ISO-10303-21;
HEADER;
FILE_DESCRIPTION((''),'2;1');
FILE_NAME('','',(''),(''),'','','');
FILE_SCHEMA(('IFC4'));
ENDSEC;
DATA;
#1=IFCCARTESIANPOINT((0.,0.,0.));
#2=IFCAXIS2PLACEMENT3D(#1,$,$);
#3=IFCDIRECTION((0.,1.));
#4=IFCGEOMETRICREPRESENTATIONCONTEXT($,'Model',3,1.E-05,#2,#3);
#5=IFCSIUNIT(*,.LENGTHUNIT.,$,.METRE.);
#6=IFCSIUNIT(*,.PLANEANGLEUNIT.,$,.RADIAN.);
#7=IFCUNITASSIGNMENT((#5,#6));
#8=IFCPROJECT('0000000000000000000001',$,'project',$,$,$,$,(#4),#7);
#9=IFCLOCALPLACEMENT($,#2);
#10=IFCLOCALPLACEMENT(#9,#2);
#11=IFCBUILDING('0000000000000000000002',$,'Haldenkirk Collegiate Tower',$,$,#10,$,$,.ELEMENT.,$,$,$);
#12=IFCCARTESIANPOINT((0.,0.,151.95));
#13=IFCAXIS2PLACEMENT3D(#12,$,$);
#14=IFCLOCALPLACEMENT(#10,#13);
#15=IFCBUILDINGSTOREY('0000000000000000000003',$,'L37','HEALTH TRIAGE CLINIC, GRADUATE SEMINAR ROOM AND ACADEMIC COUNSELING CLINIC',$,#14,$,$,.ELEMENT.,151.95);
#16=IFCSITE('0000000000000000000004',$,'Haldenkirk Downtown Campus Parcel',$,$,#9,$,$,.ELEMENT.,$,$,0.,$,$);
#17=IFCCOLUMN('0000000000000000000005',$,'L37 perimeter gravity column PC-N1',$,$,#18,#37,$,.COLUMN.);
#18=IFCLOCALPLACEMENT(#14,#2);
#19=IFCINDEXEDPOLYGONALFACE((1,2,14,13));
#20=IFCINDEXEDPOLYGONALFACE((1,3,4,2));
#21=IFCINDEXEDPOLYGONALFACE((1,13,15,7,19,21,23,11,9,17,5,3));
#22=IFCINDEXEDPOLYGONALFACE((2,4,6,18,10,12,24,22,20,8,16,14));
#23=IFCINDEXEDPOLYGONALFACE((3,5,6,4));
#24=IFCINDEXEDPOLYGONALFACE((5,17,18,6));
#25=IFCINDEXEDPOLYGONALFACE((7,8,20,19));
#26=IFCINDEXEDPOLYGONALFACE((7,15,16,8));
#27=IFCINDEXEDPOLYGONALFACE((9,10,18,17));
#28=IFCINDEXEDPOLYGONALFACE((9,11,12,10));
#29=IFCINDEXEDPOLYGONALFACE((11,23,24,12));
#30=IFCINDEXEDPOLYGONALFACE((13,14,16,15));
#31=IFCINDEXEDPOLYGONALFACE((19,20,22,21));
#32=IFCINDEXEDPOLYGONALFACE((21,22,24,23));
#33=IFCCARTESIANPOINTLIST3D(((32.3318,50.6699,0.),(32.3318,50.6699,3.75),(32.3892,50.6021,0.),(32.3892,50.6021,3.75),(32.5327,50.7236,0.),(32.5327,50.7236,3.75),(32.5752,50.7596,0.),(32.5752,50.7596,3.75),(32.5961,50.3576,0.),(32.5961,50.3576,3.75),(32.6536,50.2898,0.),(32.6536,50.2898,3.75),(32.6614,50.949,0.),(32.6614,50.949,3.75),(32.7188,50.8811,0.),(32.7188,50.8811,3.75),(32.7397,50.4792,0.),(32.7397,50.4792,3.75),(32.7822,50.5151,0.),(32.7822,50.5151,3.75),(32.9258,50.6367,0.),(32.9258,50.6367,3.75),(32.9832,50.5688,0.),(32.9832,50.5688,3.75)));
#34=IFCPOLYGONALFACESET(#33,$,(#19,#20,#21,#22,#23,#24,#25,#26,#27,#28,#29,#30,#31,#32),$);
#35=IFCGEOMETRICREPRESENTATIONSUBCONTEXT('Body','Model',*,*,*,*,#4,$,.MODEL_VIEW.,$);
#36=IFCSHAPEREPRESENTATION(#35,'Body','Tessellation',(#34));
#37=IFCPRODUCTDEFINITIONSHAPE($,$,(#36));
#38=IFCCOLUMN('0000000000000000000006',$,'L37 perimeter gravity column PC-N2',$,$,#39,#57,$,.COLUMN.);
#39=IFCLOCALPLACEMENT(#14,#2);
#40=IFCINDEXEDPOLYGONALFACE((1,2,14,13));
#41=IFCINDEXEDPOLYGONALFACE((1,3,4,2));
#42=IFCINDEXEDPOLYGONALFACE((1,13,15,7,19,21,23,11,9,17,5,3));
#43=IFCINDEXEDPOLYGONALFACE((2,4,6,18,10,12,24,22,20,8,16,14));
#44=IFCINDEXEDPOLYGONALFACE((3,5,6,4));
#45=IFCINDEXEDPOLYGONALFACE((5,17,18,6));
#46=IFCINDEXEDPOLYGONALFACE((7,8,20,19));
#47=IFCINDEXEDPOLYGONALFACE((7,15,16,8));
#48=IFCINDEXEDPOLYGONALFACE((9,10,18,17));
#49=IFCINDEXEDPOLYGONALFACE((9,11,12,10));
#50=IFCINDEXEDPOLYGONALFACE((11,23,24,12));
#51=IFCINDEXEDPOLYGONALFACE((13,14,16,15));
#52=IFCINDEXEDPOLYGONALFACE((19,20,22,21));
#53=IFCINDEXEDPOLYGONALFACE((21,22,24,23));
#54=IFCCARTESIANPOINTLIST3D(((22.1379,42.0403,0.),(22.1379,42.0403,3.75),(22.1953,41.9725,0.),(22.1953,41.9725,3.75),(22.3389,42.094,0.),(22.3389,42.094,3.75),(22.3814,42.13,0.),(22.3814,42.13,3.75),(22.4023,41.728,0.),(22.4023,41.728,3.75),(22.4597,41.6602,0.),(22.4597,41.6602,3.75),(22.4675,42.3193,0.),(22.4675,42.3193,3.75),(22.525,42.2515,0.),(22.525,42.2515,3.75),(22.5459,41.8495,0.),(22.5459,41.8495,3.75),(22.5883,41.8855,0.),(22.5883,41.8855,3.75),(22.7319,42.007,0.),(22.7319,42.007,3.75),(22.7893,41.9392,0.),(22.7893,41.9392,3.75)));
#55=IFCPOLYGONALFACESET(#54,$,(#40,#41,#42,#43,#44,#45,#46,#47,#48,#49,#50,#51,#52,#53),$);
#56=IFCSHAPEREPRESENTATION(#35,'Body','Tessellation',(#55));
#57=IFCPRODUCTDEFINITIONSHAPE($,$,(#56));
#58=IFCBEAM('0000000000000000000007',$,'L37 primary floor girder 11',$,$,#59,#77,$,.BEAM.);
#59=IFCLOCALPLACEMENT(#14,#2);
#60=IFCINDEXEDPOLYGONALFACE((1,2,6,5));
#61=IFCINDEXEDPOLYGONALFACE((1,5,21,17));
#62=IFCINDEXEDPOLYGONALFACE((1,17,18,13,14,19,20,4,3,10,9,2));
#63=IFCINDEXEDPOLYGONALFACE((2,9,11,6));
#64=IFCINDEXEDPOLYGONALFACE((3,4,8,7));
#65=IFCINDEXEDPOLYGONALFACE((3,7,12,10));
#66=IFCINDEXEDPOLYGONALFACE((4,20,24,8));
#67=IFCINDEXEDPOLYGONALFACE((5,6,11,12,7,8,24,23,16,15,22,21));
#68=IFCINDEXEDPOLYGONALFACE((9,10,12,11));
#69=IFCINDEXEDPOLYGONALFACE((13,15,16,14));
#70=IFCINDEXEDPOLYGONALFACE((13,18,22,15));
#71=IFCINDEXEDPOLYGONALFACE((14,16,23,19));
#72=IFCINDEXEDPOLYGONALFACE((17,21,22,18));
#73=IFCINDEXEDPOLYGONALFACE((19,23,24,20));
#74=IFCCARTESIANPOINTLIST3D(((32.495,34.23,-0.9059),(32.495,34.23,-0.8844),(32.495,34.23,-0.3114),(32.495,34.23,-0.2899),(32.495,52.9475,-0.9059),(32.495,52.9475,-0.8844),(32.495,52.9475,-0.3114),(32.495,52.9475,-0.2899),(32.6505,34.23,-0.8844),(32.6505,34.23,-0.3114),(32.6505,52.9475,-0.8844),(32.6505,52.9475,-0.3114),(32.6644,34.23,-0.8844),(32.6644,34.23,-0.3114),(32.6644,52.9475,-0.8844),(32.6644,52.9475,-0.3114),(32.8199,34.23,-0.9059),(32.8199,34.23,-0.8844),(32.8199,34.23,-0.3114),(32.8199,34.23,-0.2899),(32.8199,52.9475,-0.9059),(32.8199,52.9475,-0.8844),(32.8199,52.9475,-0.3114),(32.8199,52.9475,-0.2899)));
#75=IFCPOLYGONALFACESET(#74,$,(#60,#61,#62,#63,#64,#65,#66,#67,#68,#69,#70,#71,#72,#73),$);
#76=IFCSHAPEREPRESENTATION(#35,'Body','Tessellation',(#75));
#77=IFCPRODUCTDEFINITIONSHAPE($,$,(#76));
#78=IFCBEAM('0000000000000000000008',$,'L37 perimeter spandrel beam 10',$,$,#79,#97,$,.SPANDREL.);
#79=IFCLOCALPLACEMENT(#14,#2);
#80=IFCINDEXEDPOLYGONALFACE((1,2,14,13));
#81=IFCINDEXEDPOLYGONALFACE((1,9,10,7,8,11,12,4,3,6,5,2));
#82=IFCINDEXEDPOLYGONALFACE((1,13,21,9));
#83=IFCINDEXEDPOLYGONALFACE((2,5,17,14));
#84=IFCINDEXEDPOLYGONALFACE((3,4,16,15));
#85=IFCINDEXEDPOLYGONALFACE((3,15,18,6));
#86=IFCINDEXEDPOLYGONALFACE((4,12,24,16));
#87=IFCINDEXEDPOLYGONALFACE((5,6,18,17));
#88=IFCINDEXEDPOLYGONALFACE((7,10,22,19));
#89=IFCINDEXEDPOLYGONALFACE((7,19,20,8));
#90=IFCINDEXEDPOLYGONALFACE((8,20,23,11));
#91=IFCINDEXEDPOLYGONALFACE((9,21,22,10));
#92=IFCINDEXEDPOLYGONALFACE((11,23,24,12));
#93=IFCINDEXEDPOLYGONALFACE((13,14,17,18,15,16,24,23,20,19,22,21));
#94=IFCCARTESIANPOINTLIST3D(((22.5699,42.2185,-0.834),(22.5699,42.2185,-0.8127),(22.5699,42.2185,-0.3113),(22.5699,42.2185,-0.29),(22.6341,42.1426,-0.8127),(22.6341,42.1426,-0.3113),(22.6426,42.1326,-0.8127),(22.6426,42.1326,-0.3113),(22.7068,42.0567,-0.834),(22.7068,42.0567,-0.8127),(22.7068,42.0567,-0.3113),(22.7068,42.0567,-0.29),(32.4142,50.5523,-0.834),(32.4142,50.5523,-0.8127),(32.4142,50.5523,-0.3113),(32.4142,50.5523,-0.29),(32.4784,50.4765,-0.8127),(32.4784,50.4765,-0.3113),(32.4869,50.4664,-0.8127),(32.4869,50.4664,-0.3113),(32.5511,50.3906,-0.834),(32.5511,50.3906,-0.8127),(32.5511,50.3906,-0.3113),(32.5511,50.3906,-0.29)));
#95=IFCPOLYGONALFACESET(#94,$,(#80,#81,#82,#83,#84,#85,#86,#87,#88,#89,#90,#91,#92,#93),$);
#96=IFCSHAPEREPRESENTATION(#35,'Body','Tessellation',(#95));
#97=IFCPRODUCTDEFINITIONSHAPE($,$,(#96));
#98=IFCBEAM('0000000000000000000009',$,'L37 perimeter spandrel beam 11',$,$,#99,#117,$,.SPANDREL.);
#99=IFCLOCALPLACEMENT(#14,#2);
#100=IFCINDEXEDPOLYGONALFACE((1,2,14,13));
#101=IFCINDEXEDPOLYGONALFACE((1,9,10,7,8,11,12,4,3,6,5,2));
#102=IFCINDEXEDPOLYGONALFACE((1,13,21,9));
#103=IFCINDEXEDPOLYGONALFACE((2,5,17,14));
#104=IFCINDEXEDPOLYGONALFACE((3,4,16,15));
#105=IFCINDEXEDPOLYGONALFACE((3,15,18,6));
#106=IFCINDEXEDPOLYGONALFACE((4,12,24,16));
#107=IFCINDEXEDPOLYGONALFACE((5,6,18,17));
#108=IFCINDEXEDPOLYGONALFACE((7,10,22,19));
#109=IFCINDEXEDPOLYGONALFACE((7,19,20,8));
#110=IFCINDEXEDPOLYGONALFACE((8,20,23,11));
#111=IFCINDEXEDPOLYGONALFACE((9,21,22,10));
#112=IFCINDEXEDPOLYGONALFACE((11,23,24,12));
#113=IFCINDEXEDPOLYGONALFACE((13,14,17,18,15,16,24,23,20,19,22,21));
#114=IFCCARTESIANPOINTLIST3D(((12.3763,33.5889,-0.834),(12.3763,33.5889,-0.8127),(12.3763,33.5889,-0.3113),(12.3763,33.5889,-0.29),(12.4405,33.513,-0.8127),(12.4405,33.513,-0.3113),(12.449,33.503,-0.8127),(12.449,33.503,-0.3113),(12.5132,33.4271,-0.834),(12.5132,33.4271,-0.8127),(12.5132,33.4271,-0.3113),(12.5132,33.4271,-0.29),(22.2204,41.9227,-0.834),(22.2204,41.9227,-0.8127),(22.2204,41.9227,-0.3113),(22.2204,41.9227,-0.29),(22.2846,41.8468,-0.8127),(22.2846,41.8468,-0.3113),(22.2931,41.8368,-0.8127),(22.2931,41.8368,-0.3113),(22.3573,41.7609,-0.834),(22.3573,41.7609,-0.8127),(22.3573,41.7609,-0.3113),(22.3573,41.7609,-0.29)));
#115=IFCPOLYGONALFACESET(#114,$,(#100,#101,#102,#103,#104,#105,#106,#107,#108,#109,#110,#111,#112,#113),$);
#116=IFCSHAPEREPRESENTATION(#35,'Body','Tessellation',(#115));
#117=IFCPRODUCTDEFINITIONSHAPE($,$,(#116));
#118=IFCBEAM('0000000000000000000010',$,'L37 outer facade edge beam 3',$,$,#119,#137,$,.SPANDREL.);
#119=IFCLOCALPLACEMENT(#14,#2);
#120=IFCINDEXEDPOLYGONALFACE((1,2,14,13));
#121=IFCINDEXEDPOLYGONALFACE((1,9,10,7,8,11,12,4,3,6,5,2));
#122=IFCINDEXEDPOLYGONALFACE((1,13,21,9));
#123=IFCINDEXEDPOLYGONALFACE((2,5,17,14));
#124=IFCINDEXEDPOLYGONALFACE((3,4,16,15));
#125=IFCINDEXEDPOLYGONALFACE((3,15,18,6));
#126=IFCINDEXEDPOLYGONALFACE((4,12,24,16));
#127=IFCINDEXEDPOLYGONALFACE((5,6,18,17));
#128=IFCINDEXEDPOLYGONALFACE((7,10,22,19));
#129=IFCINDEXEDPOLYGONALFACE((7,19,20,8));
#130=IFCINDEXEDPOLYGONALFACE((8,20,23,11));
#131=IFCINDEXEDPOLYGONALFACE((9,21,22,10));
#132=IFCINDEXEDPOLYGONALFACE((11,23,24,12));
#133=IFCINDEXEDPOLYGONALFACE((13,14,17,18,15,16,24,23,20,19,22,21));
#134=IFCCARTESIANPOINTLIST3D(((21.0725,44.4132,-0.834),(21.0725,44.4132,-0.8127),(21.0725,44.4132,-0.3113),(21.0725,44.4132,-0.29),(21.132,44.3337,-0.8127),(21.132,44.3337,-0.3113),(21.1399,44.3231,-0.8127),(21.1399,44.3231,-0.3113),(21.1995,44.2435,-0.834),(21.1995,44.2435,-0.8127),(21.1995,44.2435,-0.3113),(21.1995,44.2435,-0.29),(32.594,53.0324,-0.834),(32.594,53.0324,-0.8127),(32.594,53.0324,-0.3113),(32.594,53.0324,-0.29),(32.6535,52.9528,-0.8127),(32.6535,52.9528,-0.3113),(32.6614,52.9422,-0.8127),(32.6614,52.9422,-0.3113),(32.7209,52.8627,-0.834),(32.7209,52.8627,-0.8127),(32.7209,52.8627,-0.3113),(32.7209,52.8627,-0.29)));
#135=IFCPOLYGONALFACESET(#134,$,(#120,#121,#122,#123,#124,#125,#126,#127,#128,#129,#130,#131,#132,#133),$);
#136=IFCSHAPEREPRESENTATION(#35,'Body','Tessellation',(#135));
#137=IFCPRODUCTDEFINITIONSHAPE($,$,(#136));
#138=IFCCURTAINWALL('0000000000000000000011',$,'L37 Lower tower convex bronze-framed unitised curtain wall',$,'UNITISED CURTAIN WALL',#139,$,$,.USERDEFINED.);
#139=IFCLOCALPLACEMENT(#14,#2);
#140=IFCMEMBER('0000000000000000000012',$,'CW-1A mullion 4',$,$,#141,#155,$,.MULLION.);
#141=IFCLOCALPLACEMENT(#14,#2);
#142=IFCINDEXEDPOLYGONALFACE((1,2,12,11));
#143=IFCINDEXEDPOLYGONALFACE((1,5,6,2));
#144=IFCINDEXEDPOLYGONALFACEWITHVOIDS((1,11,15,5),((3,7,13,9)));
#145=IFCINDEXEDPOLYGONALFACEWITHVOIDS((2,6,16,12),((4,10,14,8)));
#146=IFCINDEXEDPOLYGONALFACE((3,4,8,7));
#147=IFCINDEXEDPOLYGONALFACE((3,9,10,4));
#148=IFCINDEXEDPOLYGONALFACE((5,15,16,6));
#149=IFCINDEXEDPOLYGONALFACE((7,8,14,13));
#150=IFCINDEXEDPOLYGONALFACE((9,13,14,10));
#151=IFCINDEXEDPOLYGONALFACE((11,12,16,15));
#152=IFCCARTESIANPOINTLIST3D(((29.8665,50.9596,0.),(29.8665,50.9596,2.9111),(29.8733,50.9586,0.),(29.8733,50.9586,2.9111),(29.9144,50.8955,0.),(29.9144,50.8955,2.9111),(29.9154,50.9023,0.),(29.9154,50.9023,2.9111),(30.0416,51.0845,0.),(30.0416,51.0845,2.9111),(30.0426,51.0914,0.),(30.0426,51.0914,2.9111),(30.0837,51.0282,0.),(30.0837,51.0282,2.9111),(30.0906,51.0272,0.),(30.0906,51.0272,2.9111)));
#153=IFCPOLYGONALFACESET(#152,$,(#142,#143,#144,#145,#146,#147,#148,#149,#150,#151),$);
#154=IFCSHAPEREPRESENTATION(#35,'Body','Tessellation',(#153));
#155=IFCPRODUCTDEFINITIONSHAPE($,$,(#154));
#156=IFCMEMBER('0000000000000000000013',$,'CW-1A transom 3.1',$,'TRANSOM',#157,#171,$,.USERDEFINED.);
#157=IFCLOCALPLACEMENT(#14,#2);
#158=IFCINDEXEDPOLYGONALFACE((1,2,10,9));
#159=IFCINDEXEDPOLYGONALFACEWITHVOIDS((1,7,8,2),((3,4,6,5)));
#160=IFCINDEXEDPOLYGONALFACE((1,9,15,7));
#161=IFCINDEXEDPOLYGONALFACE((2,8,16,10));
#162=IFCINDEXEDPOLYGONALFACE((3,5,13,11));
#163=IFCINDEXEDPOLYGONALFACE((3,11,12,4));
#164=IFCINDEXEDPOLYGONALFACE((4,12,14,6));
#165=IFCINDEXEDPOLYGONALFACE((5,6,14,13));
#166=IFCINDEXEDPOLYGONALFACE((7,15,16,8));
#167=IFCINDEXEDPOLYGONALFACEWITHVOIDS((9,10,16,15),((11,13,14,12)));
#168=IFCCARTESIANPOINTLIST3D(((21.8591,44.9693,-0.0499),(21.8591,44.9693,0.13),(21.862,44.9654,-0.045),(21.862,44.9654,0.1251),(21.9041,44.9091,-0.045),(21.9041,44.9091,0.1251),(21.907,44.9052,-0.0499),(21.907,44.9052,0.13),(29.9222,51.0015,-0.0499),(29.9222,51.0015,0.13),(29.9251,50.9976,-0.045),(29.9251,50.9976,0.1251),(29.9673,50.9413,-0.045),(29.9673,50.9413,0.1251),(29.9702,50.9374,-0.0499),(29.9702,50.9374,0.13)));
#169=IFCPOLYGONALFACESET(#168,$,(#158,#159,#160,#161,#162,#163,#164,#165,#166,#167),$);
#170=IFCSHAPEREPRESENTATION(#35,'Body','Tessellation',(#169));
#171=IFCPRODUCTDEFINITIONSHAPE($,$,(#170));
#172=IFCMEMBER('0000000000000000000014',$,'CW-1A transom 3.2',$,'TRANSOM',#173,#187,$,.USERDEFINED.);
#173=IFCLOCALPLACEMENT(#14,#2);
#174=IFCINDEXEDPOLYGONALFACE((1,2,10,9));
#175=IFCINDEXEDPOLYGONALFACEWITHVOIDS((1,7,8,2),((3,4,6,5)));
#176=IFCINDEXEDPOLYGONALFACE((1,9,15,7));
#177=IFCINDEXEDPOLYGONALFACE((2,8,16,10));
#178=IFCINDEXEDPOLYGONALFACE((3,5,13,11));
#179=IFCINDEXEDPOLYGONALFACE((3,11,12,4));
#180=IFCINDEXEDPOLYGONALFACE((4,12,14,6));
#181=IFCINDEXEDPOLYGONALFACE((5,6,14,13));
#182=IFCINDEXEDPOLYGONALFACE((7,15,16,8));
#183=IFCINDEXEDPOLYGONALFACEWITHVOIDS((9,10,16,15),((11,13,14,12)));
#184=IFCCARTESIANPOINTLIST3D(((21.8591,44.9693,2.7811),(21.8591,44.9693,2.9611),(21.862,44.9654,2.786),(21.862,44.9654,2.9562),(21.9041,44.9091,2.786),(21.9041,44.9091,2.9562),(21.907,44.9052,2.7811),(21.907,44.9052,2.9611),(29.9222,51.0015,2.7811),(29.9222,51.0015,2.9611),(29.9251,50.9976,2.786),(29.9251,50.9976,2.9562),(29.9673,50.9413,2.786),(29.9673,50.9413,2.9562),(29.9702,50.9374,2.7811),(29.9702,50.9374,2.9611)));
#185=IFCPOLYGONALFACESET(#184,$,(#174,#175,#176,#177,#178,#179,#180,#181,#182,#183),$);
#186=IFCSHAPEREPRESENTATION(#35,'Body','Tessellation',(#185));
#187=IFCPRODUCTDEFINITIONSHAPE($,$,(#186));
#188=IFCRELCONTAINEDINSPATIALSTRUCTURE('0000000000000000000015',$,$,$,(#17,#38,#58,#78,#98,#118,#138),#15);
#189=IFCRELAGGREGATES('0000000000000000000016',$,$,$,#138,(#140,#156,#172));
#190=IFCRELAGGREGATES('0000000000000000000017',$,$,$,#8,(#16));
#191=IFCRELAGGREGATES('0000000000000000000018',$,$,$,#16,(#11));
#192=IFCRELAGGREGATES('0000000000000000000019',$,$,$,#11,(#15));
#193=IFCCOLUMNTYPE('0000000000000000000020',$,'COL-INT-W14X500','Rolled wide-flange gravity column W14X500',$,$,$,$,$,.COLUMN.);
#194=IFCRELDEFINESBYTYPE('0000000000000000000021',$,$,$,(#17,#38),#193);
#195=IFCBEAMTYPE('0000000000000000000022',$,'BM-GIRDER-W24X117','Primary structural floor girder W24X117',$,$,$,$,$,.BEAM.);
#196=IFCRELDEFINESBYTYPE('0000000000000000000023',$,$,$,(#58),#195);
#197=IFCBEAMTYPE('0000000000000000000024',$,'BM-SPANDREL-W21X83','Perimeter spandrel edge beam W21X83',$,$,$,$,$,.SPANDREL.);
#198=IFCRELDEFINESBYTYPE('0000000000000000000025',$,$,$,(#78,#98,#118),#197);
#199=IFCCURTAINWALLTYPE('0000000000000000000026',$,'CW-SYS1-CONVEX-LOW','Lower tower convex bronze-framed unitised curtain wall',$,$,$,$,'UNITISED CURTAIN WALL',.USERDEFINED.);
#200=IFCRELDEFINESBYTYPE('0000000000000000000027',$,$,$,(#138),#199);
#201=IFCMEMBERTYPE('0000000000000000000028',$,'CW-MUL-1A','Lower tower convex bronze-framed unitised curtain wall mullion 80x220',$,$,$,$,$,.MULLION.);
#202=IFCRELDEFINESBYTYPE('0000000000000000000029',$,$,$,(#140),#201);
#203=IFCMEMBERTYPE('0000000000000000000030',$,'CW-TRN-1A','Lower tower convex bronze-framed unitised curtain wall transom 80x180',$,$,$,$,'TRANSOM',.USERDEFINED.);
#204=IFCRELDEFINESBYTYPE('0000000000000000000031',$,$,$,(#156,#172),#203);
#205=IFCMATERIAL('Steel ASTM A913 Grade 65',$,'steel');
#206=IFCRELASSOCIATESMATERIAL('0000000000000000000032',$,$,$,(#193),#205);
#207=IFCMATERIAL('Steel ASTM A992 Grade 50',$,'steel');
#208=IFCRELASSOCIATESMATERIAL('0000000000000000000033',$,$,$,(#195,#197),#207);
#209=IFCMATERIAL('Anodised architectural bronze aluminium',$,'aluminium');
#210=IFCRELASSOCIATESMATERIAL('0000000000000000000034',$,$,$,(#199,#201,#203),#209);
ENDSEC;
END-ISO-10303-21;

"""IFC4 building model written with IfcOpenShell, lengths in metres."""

from ifc_helpers import new_model, si_unit, direction, frame, origin, origin_2d, place, context, subcontext, project, spatial, hollow_rectangle, i_section, extrude, material, material_profile, profile_set, type_object, element, aggregate, save


model = new_model("IFC4")

# Units and contexts
model_context = context("Model", 3, precision=1e-05, world=origin(), true_north=direction((0.0, 1.0)))
body_context = subcontext(model_context, "Body", "Model", "MODEL_VIEW")
ifc_project = project(units=[si_unit("LENGTHUNIT", "METRE"), si_unit("PLANEANGLEUNIT", "RADIAN")], contexts=[model_context])

# Site, building, storey
site_placement = place(None, origin())
site = spatial("IfcSite", under=ifc_project, at=site_placement, Name="Haldenkirk Downtown Campus Parcel", CompositionType="ELEMENT", RefElevation=0.0)
building_placement = place(site_placement, origin())
building = spatial("IfcBuilding", under=site, at=building_placement, Name="Haldenkirk Collegiate Tower", CompositionType="ELEMENT")
storey_placement = place(building_placement, frame((0.0, 0.0, 151.95)))
storey = spatial("IfcBuildingStorey", under=building, at=storey_placement, Name="L37", Description="HEALTH TRIAGE CLINIC, GRADUATE SEMINAR ROOM AND ACADEMIC COUNSELING CLINIC", CompositionType="ELEMENT", Elevation=151.95)

# Columns
ifc_material_1 = material(Name="Steel ASTM A913 Grade 65", Category="steel")
ifc_material_profile_1 = material_profile(ifc_material_1, i_section(OverallWidth=0.4319, OverallDepth=0.498, WebThickness=0.0557, FlangeThickness=0.0889, at=origin_2d()), Name="W14X500")
ifc_profile_set_1 = profile_set([ifc_material_profile_1], Name="Steel ASTM A913 Grade 65")
column_type = type_object("IfcColumnType", Name="COL-INT-W14X500", Description="Rolled wide-flange gravity column W14X500", PredefinedType="COLUMN", material=ifc_profile_set_1)
for number, where, z_axis, x_axis, name in (
    (1, (32.6575, 50.6194, 0.0), (0.0, 0.0, 1.0), (0.763232, 0.646124, 0.0), "L37 perimeter gravity column PC-N1"),
    (2, (22.4636, 41.9897, 0.0), (0.0, 0.0, 1.0), (0.763232, 0.646124, 0.0), "L37 perimeter gravity column PC-N2"),
):
    element("IfcColumn", number, at=place(storey_placement, frame(where, z_axis=z_axis, x_axis=x_axis)), inside=storey, type_object=column_type, Name=name, PredefinedType="COLUMN", context=body_context, shape_type="SweptSolid", body=[
        extrude(i_section(OverallWidth=0.4319, OverallDepth=0.498, WebThickness=0.0557, FlangeThickness=0.0889, at=origin_2d()), origin(), (0.0, 0.0, 1.0), 3.75),
    ])

# Beams
ifc_material_2 = material(Name="Steel ASTM A992 Grade 50", Category="steel")
ifc_material_profile_2 = material_profile(ifc_material_2, i_section(OverallWidth=0.325, OverallDepth=0.616, WebThickness=0.0139, FlangeThickness=0.0215, at=origin_2d()), Name="W24X117")
ifc_profile_set_2 = profile_set([ifc_material_profile_2], Name="Steel ASTM A992 Grade 50")
beam_type_1 = type_object("IfcBeamType", Name="BM-GIRDER-W24X117", Description="Primary structural floor girder W24X117", PredefinedType="BEAM", material=ifc_profile_set_2)
beam_1_placement = place(storey_placement, frame((32.6575, 52.9475, -0.5979), z_axis=(0.0, -1.0, 0.0), x_axis=(1.0, 0.0, 0.0)))
element("IfcBeam", 3, at=beam_1_placement, inside=storey, type_object=beam_type_1, Name="L37 primary floor girder 11", PredefinedType="BEAM", context=body_context, shape_type="SweptSolid", body=[
    extrude(i_section(OverallWidth=0.325, OverallDepth=0.616, WebThickness=0.0139, FlangeThickness=0.0215, at=origin_2d()), origin(), (0.0, 0.0, 1.0), 18.7175),
])
ifc_material_profile_3 = material_profile(ifc_material_2, i_section(OverallWidth=0.2119, OverallDepth=0.5439, WebThickness=0.0132, FlangeThickness=0.0212, at=origin_2d()), Name="W21X83")
ifc_profile_set_3 = profile_set([ifc_material_profile_3], Name="Steel ASTM A992 Grade 50")
beam_type_2 = type_object("IfcBeamType", Name="BM-SPANDREL-W21X83", Description="Perimeter spandrel edge beam W21X83", PredefinedType="SPANDREL", material=ifc_profile_set_3)
beam_2_placement = place(storey_placement, frame((32.4827, 50.4714, -0.562), z_axis=(-0.763233, -0.646123, 0.0), x_axis=(0.646123, -0.763233, 0.0)))
element("IfcBeam", 4, at=beam_2_placement, inside=storey, type_object=beam_type_2, Name="L37 perimeter spandrel beam 10", PredefinedType="SPANDREL", context=body_context, shape_type="SweptSolid", body=[
    extrude(i_section(OverallWidth=0.2119, OverallDepth=0.5439, WebThickness=0.0132, FlangeThickness=0.0212, at=origin_2d()), origin(), (0.0, 0.0, 1.0), 12.8982),
])
beam_3_placement = place(storey_placement, frame((22.2888, 41.8418, -0.562), z_axis=(-0.763225, -0.646132, 0.0), x_axis=(0.646132, -0.763225, 0.0)))
element("IfcBeam", 5, at=beam_3_placement, inside=storey, type_object=beam_type_2, Name="L37 perimeter spandrel beam 11", PredefinedType="SPANDREL", context=body_context, shape_type="SweptSolid", body=[
    extrude(i_section(OverallWidth=0.2119, OverallDepth=0.5439, WebThickness=0.0132, FlangeThickness=0.0212, at=origin_2d()), origin(), (0.0, 0.0, 1.0), 12.8979),
])
beam_4_placement = place(storey_placement, frame((32.6575, 52.9475, -0.562), z_axis=(-0.800732, -0.599022, 0.0), x_axis=(0.599022, -0.800732, 0.0)))
element("IfcBeam", 6, at=beam_4_placement, inside=storey, type_object=beam_type_2, Name="L37 outer facade edge beam 3", PredefinedType="SPANDREL", context=body_context, shape_type="SweptSolid", body=[
    extrude(i_section(OverallWidth=0.2119, OverallDepth=0.5439, WebThickness=0.0132, FlangeThickness=0.0212, at=origin_2d()), origin(), (0.0, 0.0, 1.0), 14.3887),
])

# Curtain wall, members
ifc_material_3 = material(Name="Anodised architectural bronze aluminium", Category="aluminium")
curtain_wall_type = type_object("IfcCurtainWallType", Name="CW-SYS1-CONVEX-LOW", Description="Lower tower convex bronze-framed unitised curtain wall", ElementType="UNITISED CURTAIN WALL", PredefinedType="USERDEFINED", material=ifc_material_3)
curtain_wall_placement = place(storey_placement, origin())
curtain_wall = element("IfcCurtainWall", 7, at=curtain_wall_placement, inside=storey, type_object=curtain_wall_type, Name="L37 Lower tower convex bronze-framed unitised curtain wall", ObjectType="UNITISED CURTAIN WALL", PredefinedType="USERDEFINED")
ifc_material_profile_4 = material_profile(ifc_material_3, hollow_rectangle(XDim=0.0801, YDim=0.22, WallThickness=0.0049, at=origin_2d()), Name="CW-MUL-1A")
ifc_profile_set_4 = profile_set([ifc_material_profile_4], Name="Anodised architectural bronze aluminium")
member_type_1 = type_object("IfcMemberType", Name="CW-MUL-1A", Description="Lower tower convex bronze-framed unitised curtain wall mullion 80x220", PredefinedType="MULLION", material=ifc_profile_set_4)
member_1_placement = place(storey_placement, frame((29.9785, 50.9934, 0.0), z_axis=(0.0, 0.0, 1.0), x_axis=(-0.599025, 0.80073, 0.0)))
member_1 = element("IfcMember", 8, at=member_1_placement, type_object=member_type_1, Name="CW-1A mullion 4", PredefinedType="MULLION", context=body_context, shape_type="SweptSolid", body=[
    extrude(hollow_rectangle(XDim=0.0801, YDim=0.22, WallThickness=0.0049, at=origin_2d()), origin(), (0.0, 0.0, 1.0), 2.9111),
])
ifc_material_profile_5 = material_profile(ifc_material_3, hollow_rectangle(XDim=0.0801, YDim=0.1799, WallThickness=0.0049, at=origin_2d()), Name="CW-TRN-1A")
ifc_profile_set_5 = profile_set([ifc_material_profile_5], Name="Anodised architectural bronze aluminium")
member_type_2 = type_object("IfcMemberType", Name="CW-TRN-1A", Description="Lower tower convex bronze-framed unitised curtain wall transom 80x180", ElementType="TRANSOM", PredefinedType="USERDEFINED", material=ifc_profile_set_5)
member_2_placement = place(storey_placement, frame((21.8831, 44.9373, 0.04), z_axis=(0.800724, 0.599034, 0.0), x_axis=(-0.599034, 0.800724, 0.0)))
member_2 = element("IfcMember", 9, at=member_2_placement, type_object=member_type_2, Name="CW-1A transom 3.1", ObjectType="TRANSOM", PredefinedType="USERDEFINED", context=body_context, shape_type="SweptSolid", body=[
    extrude(hollow_rectangle(XDim=0.0801, YDim=0.1799, WallThickness=0.0049, at=origin_2d()), origin(), (0.0, 0.0, 1.0), 10.0698),
])
member_3_placement = place(storey_placement, frame((21.8831, 44.9373, 2.8711), z_axis=(0.800724, 0.599034, 0.0), x_axis=(-0.599034, 0.800724, 0.0)))
member_3 = element("IfcMember", 10, at=member_3_placement, type_object=member_type_2, Name="CW-1A transom 3.2", ObjectType="TRANSOM", PredefinedType="USERDEFINED", context=body_context, shape_type="SweptSolid", body=[
    extrude(hollow_rectangle(XDim=0.0801, YDim=0.1799, WallThickness=0.0049, at=origin_2d()), origin(), (0.0, 0.0, 1.0), 10.0698),
])
aggregate(curtain_wall, [member_1, member_2, member_3])

save(model, "model.ifc")
